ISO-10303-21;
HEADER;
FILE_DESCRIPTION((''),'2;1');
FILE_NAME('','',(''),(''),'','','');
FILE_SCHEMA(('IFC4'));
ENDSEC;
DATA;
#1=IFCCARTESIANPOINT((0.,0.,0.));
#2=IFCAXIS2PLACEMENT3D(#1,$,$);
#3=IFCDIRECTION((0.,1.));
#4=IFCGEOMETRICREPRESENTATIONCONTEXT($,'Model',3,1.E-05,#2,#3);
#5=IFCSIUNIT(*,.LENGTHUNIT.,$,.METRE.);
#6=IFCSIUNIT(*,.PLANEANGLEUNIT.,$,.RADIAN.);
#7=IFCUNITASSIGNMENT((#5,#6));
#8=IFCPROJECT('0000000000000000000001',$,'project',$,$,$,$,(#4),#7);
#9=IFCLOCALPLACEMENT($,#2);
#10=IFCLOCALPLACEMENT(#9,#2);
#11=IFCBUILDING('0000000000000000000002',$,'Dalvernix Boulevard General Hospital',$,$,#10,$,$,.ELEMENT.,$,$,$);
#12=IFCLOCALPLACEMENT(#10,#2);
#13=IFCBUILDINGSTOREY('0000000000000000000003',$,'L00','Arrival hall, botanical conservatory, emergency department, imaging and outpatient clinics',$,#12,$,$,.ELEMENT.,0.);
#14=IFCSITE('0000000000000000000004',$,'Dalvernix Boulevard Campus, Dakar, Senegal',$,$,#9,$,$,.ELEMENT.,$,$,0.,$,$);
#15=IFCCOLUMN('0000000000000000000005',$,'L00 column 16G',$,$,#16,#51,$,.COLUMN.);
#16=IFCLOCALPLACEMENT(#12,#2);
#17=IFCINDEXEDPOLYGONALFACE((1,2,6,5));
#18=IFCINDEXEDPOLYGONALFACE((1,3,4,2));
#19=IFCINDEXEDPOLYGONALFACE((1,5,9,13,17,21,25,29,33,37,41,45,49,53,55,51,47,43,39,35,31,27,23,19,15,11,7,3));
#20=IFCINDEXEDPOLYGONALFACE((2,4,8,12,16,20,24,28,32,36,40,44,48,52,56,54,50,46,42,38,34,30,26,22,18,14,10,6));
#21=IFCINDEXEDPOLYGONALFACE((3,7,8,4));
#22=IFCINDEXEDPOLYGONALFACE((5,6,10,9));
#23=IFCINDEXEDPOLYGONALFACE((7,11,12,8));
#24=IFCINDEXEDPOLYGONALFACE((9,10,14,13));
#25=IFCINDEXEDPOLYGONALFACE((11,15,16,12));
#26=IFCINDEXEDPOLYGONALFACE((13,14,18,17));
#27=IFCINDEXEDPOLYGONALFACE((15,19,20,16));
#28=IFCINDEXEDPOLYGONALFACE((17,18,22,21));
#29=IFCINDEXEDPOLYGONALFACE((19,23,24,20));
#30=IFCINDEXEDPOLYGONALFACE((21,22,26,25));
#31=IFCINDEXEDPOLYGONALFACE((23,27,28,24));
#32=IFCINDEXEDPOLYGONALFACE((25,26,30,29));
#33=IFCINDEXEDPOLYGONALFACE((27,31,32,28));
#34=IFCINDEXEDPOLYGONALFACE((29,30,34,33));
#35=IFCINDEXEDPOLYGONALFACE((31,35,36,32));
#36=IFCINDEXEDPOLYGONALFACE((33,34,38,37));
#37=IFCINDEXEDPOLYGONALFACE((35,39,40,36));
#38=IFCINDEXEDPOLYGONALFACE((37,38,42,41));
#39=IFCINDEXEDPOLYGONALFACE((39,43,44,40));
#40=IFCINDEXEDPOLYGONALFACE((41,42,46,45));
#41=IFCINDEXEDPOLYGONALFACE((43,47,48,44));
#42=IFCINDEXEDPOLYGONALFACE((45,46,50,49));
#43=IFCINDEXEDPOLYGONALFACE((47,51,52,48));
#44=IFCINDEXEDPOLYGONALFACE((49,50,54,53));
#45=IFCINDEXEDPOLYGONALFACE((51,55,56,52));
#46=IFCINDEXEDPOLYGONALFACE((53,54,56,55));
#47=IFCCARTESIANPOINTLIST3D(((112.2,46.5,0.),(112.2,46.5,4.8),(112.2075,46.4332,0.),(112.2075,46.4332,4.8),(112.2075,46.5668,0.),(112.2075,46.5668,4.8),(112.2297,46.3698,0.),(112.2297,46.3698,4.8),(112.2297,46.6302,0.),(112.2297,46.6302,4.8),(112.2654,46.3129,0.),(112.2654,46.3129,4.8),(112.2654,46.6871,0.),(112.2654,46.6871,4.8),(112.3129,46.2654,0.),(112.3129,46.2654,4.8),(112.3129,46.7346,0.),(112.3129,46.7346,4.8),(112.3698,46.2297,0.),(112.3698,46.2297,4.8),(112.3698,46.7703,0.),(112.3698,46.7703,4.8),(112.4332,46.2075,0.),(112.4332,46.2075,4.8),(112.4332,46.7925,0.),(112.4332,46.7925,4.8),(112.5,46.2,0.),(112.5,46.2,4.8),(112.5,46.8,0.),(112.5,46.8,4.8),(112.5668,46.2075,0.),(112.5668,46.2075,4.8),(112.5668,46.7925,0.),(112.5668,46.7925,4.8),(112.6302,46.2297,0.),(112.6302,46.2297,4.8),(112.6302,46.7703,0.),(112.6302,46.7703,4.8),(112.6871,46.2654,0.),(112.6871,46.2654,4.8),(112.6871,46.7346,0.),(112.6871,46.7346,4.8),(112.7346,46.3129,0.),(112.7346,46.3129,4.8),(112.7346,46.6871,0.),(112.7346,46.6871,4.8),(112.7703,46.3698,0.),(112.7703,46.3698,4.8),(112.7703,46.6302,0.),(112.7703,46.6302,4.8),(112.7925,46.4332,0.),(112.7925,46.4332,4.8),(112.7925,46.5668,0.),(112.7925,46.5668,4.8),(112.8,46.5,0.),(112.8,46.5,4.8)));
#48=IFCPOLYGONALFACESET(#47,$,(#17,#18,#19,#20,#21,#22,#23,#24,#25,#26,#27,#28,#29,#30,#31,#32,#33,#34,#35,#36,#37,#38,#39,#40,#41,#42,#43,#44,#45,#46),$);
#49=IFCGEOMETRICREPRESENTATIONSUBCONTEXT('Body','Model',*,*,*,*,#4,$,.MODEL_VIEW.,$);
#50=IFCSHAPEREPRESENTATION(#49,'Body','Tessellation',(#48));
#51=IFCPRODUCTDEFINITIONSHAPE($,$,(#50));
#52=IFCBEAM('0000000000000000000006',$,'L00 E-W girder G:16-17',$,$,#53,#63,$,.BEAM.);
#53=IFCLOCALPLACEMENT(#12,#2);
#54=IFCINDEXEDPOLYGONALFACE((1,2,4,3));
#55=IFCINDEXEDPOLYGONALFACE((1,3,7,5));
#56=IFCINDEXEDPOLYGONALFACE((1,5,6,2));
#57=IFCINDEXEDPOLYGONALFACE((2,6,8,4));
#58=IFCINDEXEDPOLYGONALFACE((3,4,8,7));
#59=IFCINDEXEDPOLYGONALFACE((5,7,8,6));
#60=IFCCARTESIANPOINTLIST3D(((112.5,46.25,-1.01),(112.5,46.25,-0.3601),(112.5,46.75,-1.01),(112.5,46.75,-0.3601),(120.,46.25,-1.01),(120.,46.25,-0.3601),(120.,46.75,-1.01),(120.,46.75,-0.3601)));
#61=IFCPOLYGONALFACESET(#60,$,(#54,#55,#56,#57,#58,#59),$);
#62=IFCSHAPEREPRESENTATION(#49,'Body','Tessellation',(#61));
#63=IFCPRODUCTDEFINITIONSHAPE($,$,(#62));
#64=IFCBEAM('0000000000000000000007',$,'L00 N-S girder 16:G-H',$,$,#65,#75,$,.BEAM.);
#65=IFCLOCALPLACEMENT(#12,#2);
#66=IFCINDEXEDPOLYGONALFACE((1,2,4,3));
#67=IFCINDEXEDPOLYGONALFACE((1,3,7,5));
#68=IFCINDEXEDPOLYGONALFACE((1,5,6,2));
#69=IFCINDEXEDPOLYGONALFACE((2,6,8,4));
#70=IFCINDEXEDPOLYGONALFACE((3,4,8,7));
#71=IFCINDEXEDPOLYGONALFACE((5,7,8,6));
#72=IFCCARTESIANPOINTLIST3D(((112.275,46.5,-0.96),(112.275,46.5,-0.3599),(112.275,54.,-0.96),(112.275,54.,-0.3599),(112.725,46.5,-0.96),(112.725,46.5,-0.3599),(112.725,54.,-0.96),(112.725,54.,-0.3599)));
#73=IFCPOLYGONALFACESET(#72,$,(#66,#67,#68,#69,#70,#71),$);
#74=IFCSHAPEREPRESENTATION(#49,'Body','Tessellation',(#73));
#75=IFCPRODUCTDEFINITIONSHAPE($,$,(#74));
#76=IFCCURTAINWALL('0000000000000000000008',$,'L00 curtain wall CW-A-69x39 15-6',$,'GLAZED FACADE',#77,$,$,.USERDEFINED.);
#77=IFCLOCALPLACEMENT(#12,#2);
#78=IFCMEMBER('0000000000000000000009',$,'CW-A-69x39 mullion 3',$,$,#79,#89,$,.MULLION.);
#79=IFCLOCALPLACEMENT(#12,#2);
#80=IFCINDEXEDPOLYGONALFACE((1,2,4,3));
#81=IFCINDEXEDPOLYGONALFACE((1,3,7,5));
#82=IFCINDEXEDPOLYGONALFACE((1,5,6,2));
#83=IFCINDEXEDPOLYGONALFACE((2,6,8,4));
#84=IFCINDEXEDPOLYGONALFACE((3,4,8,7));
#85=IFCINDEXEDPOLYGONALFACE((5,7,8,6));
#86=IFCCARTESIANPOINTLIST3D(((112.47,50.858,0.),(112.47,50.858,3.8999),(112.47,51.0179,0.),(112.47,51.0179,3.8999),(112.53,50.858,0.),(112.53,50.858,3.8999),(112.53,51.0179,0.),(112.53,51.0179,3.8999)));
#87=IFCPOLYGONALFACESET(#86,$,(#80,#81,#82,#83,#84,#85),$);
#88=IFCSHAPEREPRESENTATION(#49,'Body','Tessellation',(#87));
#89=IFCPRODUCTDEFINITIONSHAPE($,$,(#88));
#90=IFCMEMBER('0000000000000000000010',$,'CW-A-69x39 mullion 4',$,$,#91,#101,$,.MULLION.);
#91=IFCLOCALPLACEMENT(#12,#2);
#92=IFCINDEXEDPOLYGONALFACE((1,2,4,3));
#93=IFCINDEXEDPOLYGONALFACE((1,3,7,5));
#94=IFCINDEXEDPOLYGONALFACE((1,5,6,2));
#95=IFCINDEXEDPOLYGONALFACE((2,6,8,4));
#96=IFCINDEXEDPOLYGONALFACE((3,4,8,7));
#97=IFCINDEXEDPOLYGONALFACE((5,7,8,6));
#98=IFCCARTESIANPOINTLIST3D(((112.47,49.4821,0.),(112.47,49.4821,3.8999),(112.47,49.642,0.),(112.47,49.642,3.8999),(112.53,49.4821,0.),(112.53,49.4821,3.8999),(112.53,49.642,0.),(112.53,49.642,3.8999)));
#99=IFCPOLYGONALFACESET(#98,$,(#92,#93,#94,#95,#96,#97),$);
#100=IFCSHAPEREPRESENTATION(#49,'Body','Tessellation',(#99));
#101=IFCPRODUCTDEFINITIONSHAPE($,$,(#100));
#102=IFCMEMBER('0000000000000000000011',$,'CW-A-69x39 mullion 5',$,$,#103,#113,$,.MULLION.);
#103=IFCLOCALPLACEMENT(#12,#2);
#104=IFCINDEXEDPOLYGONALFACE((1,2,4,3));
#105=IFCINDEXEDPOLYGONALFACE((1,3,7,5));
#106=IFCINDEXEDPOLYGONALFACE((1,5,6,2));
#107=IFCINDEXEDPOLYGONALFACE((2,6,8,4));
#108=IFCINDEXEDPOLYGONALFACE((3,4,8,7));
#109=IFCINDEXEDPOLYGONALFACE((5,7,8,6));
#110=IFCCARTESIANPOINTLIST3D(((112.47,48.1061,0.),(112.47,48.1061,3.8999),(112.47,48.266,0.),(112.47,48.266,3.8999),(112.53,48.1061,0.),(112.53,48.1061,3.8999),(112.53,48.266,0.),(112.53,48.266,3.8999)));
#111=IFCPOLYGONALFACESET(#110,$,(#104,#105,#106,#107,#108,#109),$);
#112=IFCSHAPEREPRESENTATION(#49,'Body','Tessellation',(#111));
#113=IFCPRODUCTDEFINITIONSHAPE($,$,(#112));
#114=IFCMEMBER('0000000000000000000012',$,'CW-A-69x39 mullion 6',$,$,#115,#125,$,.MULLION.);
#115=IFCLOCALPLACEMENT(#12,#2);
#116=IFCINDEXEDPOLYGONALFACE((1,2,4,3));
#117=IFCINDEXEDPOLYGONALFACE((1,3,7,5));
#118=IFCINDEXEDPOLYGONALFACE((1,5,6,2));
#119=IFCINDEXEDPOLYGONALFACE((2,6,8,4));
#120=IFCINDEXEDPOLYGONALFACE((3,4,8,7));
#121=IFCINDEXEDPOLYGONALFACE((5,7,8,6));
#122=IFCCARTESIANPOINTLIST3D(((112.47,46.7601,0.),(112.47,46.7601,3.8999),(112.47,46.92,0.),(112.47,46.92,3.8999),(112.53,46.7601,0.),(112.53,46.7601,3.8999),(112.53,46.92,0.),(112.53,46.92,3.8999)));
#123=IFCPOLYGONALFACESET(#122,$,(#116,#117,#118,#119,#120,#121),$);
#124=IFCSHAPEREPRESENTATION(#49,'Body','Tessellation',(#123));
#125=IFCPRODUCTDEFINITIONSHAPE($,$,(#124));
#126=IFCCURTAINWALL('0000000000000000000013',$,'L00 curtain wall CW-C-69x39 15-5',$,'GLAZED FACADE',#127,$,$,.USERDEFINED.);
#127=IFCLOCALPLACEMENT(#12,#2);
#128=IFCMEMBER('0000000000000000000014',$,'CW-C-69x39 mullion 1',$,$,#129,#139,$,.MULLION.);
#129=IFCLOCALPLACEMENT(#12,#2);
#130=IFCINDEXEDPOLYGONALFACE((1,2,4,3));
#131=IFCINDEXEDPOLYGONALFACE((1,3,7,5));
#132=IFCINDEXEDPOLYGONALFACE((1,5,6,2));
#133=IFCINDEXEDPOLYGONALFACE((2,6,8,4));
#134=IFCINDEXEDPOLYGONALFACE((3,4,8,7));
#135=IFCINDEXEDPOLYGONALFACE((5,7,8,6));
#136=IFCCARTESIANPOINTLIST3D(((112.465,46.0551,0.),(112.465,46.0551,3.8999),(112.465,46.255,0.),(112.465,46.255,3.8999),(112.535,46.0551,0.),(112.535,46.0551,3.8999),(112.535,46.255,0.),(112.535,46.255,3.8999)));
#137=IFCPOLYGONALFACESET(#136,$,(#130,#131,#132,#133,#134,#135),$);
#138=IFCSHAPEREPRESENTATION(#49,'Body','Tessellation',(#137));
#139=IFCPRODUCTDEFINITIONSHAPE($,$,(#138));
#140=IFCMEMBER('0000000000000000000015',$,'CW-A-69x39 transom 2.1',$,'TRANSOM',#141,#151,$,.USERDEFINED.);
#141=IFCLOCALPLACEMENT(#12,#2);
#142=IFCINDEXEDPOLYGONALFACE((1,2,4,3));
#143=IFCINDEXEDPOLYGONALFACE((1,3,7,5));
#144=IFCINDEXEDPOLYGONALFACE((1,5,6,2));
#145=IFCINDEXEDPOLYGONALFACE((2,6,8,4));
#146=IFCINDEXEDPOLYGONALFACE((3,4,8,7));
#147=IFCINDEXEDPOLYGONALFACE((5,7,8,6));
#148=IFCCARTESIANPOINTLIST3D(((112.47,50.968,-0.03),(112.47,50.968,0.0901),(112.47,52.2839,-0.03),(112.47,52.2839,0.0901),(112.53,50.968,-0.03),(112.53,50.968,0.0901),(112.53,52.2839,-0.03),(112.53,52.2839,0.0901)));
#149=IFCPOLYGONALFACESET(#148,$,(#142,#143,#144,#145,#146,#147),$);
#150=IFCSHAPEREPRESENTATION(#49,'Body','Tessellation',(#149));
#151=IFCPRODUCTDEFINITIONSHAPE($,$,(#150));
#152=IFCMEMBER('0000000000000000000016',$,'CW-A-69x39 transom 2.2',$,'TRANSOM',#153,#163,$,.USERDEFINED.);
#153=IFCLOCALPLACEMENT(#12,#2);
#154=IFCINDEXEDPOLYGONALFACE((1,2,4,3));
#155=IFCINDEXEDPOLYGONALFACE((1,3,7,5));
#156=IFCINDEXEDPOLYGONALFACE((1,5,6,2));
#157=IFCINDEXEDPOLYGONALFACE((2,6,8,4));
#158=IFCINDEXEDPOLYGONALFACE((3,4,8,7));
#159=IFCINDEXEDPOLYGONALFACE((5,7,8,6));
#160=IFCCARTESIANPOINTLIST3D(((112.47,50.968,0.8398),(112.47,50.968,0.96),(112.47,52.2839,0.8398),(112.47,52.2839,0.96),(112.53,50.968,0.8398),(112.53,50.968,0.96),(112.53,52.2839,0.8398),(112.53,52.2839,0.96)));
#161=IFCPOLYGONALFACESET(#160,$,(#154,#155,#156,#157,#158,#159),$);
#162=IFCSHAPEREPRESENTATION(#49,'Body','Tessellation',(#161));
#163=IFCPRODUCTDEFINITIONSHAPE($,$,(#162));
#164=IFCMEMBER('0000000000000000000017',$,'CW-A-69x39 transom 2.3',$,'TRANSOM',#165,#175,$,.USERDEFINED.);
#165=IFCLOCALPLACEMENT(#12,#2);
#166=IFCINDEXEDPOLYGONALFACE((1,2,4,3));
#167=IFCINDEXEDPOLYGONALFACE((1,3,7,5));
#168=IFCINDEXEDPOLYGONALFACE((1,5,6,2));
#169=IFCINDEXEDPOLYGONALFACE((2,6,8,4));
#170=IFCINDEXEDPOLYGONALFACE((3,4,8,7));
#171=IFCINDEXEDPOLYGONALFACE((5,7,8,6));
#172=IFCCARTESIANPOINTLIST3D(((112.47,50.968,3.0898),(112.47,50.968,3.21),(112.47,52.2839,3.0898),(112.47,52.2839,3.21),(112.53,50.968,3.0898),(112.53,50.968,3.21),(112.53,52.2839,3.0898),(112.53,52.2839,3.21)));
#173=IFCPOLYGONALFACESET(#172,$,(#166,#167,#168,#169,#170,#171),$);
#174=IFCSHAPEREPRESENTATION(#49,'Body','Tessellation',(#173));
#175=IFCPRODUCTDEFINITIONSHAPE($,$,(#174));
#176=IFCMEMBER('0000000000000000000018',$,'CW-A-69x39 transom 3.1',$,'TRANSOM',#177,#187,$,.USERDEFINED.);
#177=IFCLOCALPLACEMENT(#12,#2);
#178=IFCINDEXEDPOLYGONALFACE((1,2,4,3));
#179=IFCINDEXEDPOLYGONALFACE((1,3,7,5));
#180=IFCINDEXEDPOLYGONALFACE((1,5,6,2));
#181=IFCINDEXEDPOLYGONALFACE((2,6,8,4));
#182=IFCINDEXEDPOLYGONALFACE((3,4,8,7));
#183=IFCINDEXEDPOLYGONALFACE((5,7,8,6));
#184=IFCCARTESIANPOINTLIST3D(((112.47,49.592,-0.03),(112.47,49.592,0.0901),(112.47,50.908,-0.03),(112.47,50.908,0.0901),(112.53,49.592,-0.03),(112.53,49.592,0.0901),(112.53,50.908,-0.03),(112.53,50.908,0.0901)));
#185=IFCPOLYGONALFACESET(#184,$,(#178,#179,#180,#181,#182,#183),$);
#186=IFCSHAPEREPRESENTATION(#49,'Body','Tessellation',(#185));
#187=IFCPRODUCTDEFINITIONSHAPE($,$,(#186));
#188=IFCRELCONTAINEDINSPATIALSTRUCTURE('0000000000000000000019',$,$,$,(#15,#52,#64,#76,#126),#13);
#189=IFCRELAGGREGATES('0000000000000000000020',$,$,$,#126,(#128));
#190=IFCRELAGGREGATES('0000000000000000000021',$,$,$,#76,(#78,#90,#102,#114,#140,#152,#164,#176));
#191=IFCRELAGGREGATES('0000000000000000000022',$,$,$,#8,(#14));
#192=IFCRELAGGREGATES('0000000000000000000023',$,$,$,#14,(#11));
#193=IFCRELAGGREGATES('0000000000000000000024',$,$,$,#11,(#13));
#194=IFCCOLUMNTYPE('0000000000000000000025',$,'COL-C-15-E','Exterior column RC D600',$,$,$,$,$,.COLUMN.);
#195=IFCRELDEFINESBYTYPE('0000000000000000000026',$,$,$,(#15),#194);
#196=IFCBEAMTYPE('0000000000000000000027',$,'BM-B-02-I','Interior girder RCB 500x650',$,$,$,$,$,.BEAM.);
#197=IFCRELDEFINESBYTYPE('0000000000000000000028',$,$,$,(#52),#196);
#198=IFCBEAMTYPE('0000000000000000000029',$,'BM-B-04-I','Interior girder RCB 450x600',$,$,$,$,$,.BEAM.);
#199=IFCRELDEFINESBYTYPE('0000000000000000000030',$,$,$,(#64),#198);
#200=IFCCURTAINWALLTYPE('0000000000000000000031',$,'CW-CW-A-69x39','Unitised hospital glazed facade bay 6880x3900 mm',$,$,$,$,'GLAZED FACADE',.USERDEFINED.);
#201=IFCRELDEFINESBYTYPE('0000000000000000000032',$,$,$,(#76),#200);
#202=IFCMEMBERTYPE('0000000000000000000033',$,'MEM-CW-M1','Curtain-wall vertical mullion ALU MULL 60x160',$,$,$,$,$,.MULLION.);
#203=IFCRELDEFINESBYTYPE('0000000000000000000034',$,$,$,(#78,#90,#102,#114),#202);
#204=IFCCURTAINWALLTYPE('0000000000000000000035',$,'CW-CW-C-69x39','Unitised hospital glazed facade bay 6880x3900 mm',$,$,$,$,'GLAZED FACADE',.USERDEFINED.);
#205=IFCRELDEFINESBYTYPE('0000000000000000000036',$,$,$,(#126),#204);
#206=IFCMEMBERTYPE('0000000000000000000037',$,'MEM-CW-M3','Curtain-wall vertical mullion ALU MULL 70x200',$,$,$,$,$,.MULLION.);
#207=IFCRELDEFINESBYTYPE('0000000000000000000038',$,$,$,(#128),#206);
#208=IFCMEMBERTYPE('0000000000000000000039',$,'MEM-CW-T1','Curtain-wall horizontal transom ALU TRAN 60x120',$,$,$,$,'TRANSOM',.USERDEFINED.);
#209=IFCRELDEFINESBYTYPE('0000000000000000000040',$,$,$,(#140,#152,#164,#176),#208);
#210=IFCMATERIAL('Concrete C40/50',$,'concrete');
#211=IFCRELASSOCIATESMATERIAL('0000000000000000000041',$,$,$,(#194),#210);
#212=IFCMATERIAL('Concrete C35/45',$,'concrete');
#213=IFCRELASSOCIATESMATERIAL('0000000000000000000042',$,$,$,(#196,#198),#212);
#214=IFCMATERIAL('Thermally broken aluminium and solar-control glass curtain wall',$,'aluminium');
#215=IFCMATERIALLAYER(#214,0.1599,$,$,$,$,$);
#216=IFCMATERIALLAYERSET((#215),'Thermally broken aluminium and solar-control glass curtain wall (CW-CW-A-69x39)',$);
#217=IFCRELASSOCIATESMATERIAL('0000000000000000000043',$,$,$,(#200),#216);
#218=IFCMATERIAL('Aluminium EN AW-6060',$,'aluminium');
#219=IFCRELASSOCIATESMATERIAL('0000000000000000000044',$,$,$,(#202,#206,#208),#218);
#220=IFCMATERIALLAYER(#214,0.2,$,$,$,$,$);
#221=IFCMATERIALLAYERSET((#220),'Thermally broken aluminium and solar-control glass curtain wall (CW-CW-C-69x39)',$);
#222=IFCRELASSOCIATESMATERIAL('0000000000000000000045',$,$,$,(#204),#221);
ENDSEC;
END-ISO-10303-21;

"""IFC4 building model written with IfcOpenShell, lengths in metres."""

from ifc_helpers import new_model, si_unit, direction, frame, origin, origin_2d, place, context, subcontext, project, spatial, rectangle, circle, extrude, material, layer, layer_set, material_profile, profile_set, type_object, element, aggregate, save


model = new_model("IFC4")

# Units and contexts
model_context = context("Model", 3, precision=1e-05, world=origin(), true_north=direction((0.0, 1.0)))
body_context = subcontext(model_context, "Body", "Model", "MODEL_VIEW")
ifc_project = project(units=[si_unit("LENGTHUNIT", "METRE"), si_unit("PLANEANGLEUNIT", "RADIAN")], contexts=[model_context])

# Site, building, storey
site_placement = place(None, origin())
site = spatial("IfcSite", under=ifc_project, at=site_placement, Name="Dalvernix Boulevard Campus, Dakar, Senegal", CompositionType="ELEMENT", RefElevation=0.0)
building_placement = place(site_placement, origin())
building = spatial("IfcBuilding", under=site, at=building_placement, Name="Dalvernix Boulevard General Hospital", CompositionType="ELEMENT")
storey_placement = place(building_placement, origin())
storey = spatial("IfcBuildingStorey", under=building, at=storey_placement, Name="L00", Description="Arrival hall, botanical conservatory, emergency department, imaging and outpatient clinics", CompositionType="ELEMENT", Elevation=0.0)

# Column
ifc_material_1 = material(Name="Concrete C40/50", Category="concrete")
ifc_material_profile_1 = material_profile(ifc_material_1, circle(Radius=0.3, at=origin_2d()), Name="RC D600")
ifc_profile_set_1 = profile_set([ifc_material_profile_1], Name="Concrete C40/50")
column_type = type_object("IfcColumnType", Name="COL-C-15-E", Description="Exterior column RC D600", PredefinedType="COLUMN", material=ifc_profile_set_1)
column_placement = place(storey_placement, frame((112.5, 46.5, 0.0), z_axis=(0.0, 0.0, 1.0), x_axis=(1.0, 0.0, 0.0)))
element("IfcColumn", 1, at=column_placement, inside=storey, type_object=column_type, Name="L00 column 16G", PredefinedType="COLUMN", context=body_context, shape_type="SweptSolid", body=[
    extrude(circle(Radius=0.3, at=origin_2d()), origin(), (0.0, 0.0, 1.0), 4.8),
])

# Beams
ifc_material_2 = material(Name="Concrete C35/45", Category="concrete")
ifc_material_profile_2 = material_profile(ifc_material_2, rectangle(XDim=0.5, YDim=0.6499, at=origin_2d()), Name="RCB 500x650")
ifc_profile_set_2 = profile_set([ifc_material_profile_2], Name="Concrete C35/45")
beam_type_1 = type_object("IfcBeamType", Name="BM-B-02-I", Description="Interior girder RCB 500x650", PredefinedType="BEAM", material=ifc_profile_set_2)
beam_1_placement = place(storey_placement, frame((112.5, 46.5, -0.6851), z_axis=(1.0, 0.0, 0.0), x_axis=(0.0, 1.0, 0.0)))
element("IfcBeam", 2, at=beam_1_placement, inside=storey, type_object=beam_type_1, Name="L00 E-W girder G:16-17", PredefinedType="BEAM", context=body_context, shape_type="SweptSolid", body=[
    extrude(rectangle(XDim=0.5, YDim=0.6499, at=origin_2d()), origin(), (0.0, 0.0, 1.0), 7.5),
])
ifc_material_profile_3 = material_profile(ifc_material_2, rectangle(XDim=0.45, YDim=0.6001, at=origin_2d()), Name="RCB 450x600")
ifc_profile_set_3 = profile_set([ifc_material_profile_3], Name="Concrete C35/45")
beam_type_2 = type_object("IfcBeamType", Name="BM-B-04-I", Description="Interior girder RCB 450x600", PredefinedType="BEAM", material=ifc_profile_set_3)
beam_2_placement = place(storey_placement, frame((112.5, 46.5, -0.6599), z_axis=(0.0, 1.0, 0.0), x_axis=(-1.0, 0.0, 0.0)))
element("IfcBeam", 3, at=beam_2_placement, inside=storey, type_object=beam_type_2, Name="L00 N-S girder 16:G-H", PredefinedType="BEAM", context=body_context, shape_type="SweptSolid", body=[
    extrude(rectangle(XDim=0.45, YDim=0.6001, at=origin_2d()), origin(), (0.0, 0.0, 1.0), 7.5),
])

# Curtain wall, members
ifc_material_3 = material(Name="Thermally broken aluminium and solar-control glass curtain wall", Category="aluminium")
ifc_layer_1 = layer(ifc_material_3, 0.1599)
ifc_layer_set_1 = layer_set([ifc_layer_1], Name="Thermally broken aluminium and solar-control glass curtain wall (CW-CW-A-69x39)")
curtain_wall_type_1 = type_object("IfcCurtainWallType", Name="CW-CW-A-69x39", Description="Unitised hospital glazed facade bay 6880x3900 mm", ElementType="GLAZED FACADE", PredefinedType="USERDEFINED", material=ifc_layer_set_1)
curtain_wall_1_placement = place(storey_placement, origin())
curtain_wall_1 = element("IfcCurtainWall", 4, at=curtain_wall_1_placement, inside=storey, type_object=curtain_wall_type_1, Name="L00 curtain wall CW-A-69x39 15-6", ObjectType="GLAZED FACADE", PredefinedType="USERDEFINED")
ifc_material_4 = material(Name="Aluminium EN AW-6060", Category="aluminium")
ifc_material_profile_4 = material_profile(ifc_material_4, rectangle(XDim=0.0601, YDim=0.1599, at=origin_2d()), Name="ALU MULL 60x160")
ifc_profile_set_4 = profile_set([ifc_material_profile_4], Name="Aluminium EN AW-6060")
member_type_1 = type_object("IfcMemberType", Name="MEM-CW-M1", Description="Curtain-wall vertical mullion ALU MULL 60x160", PredefinedType="MULLION", material=ifc_profile_set_4)
member_1_placement = place(storey_placement, frame((112.5, 50.938, 0.0), z_axis=(0.0, 0.0, 1.0), x_axis=(1.0, 0.0, 0.0)))
member_1 = element("IfcMember", 5, at=member_1_placement, type_object=member_type_1, Name="CW-A-69x39 mullion 3", PredefinedType="MULLION", context=body_context, shape_type="SweptSolid", body=[
    extrude(rectangle(XDim=0.0601, YDim=0.1599, at=origin_2d()), origin(), (0.0, 0.0, 1.0), 3.8999),
])
member_2_placement = place(storey_placement, frame((112.5, 49.562, 0.0), z_axis=(0.0, 0.0, 1.0), x_axis=(1.0, 0.0, 0.0)))
member_2 = element("IfcMember", 6, at=member_2_placement, type_object=member_type_1, Name="CW-A-69x39 mullion 4", PredefinedType="MULLION", context=body_context, shape_type="SweptSolid", body=[
    extrude(rectangle(XDim=0.0601, YDim=0.1599, at=origin_2d()), origin(), (0.0, 0.0, 1.0), 3.8999),
])
member_3_placement = place(storey_placement, frame((112.5, 48.186, 0.0), z_axis=(0.0, 0.0, 1.0), x_axis=(1.0, 0.0, 0.0)))
member_3 = element("IfcMember", 7, at=member_3_placement, type_object=member_type_1, Name="CW-A-69x39 mullion 5", PredefinedType="MULLION", context=body_context, shape_type="SweptSolid", body=[
    extrude(rectangle(XDim=0.0601, YDim=0.1599, at=origin_2d()), origin(), (0.0, 0.0, 1.0), 3.8999),
])
member_4_placement = place(storey_placement, frame((112.5, 46.8401, 0.0), z_axis=(0.0, 0.0, 1.0), x_axis=(1.0, 0.0, 0.0)))
member_4 = element("IfcMember", 8, at=member_4_placement, type_object=member_type_1, Name="CW-A-69x39 mullion 6", PredefinedType="MULLION", context=body_context, shape_type="SweptSolid", body=[
    extrude(rectangle(XDim=0.0601, YDim=0.1599, at=origin_2d()), origin(), (0.0, 0.0, 1.0), 3.8999),
])

# Curtain wall, member
ifc_layer_2 = layer(ifc_material_3, 0.2)
ifc_layer_set_2 = layer_set([ifc_layer_2], Name="Thermally broken aluminium and solar-control glass curtain wall (CW-CW-C-69x39)")
curtain_wall_type_2 = type_object("IfcCurtainWallType", Name="CW-CW-C-69x39", Description="Unitised hospital glazed facade bay 6880x3900 mm", ElementType="GLAZED FACADE", PredefinedType="USERDEFINED", material=ifc_layer_set_2)
curtain_wall_2_placement = place(storey_placement, origin())
curtain_wall_2 = element("IfcCurtainWall", 9, at=curtain_wall_2_placement, inside=storey, type_object=curtain_wall_type_2, Name="L00 curtain wall CW-C-69x39 15-5", ObjectType="GLAZED FACADE", PredefinedType="USERDEFINED")
ifc_material_profile_5 = material_profile(ifc_material_4, rectangle(XDim=0.0701, YDim=0.2, at=origin_2d()), Name="ALU MULL 70x200")
ifc_profile_set_5 = profile_set([ifc_material_profile_5], Name="Aluminium EN AW-6060")
member_type_2 = type_object("IfcMemberType", Name="MEM-CW-M3", Description="Curtain-wall vertical mullion ALU MULL 70x200", PredefinedType="MULLION", material=ifc_profile_set_5)
member_5_placement = place(storey_placement, frame((112.5, 46.155, 0.0), z_axis=(0.0, 0.0, 1.0), x_axis=(1.0, 0.0, 0.0)))
member_5 = element("IfcMember", 10, at=member_5_placement, type_object=member_type_2, Name="CW-C-69x39 mullion 1", PredefinedType="MULLION", context=body_context, shape_type="SweptSolid", body=[
    extrude(rectangle(XDim=0.0701, YDim=0.2, at=origin_2d()), origin(), (0.0, 0.0, 1.0), 3.8999),
])

# Members
ifc_material_profile_6 = material_profile(ifc_material_4, rectangle(XDim=0.0601, YDim=0.1201, at=origin_2d()), Name="ALU TRAN 60x120")
ifc_profile_set_6 = profile_set([ifc_material_profile_6], Name="Aluminium EN AW-6060")
member_type_3 = type_object("IfcMemberType", Name="MEM-CW-T1", Description="Curtain-wall horizontal transom ALU TRAN 60x120", ElementType="TRANSOM", PredefinedType="USERDEFINED", material=ifc_profile_set_6)
member_6_placement = place(storey_placement, frame((112.5, 52.2839, 0.03), z_axis=(0.0, -1.0, 0.0), x_axis=(1.0, 0.0, 0.0)))
member_6 = element("IfcMember", 11, at=member_6_placement, type_object=member_type_3, Name="CW-A-69x39 transom 2.1", ObjectType="TRANSOM", PredefinedType="USERDEFINED", context=body_context, shape_type="SweptSolid", body=[
    extrude(rectangle(XDim=0.0601, YDim=0.1201, at=origin_2d()), origin(), (0.0, 0.0, 1.0), 1.3159),
])
member_7_placement = place(storey_placement, frame((112.5, 52.2839, 0.8999), z_axis=(0.0, -1.0, 0.0), x_axis=(1.0, 0.0, 0.0)))
member_7 = element("IfcMember", 12, at=member_7_placement, type_object=member_type_3, Name="CW-A-69x39 transom 2.2", ObjectType="TRANSOM", PredefinedType="USERDEFINED", context=body_context, shape_type="SweptSolid", body=[
    extrude(rectangle(XDim=0.0601, YDim=0.1201, at=origin_2d()), origin(), (0.0, 0.0, 1.0), 1.3159),
])
member_8_placement = place(storey_placement, frame((112.5, 52.2839, 3.1499), z_axis=(0.0, -1.0, 0.0), x_axis=(1.0, 0.0, 0.0)))
member_8 = element("IfcMember", 13, at=member_8_placement, type_object=member_type_3, Name="CW-A-69x39 transom 2.3", ObjectType="TRANSOM", PredefinedType="USERDEFINED", context=body_context, shape_type="SweptSolid", body=[
    extrude(rectangle(XDim=0.0601, YDim=0.1201, at=origin_2d()), origin(), (0.0, 0.0, 1.0), 1.3159),
])
member_9_placement = place(storey_placement, frame((112.5, 50.908, 0.03), z_axis=(0.0, -1.0, 0.0), x_axis=(1.0, 0.0, 0.0)))
member_9 = element("IfcMember", 14, at=member_9_placement, type_object=member_type_3, Name="CW-A-69x39 transom 3.1", ObjectType="TRANSOM", PredefinedType="USERDEFINED", context=body_context, shape_type="SweptSolid", body=[
    extrude(rectangle(XDim=0.0601, YDim=0.1201, at=origin_2d()), origin(), (0.0, 0.0, 1.0), 1.3159),
])
aggregate(curtain_wall_2, [member_5])

aggregate(curtain_wall_1, [member_1, member_2, member_3, member_4, member_6, member_7, member_8, member_9])

save(model, "model.ifc")
